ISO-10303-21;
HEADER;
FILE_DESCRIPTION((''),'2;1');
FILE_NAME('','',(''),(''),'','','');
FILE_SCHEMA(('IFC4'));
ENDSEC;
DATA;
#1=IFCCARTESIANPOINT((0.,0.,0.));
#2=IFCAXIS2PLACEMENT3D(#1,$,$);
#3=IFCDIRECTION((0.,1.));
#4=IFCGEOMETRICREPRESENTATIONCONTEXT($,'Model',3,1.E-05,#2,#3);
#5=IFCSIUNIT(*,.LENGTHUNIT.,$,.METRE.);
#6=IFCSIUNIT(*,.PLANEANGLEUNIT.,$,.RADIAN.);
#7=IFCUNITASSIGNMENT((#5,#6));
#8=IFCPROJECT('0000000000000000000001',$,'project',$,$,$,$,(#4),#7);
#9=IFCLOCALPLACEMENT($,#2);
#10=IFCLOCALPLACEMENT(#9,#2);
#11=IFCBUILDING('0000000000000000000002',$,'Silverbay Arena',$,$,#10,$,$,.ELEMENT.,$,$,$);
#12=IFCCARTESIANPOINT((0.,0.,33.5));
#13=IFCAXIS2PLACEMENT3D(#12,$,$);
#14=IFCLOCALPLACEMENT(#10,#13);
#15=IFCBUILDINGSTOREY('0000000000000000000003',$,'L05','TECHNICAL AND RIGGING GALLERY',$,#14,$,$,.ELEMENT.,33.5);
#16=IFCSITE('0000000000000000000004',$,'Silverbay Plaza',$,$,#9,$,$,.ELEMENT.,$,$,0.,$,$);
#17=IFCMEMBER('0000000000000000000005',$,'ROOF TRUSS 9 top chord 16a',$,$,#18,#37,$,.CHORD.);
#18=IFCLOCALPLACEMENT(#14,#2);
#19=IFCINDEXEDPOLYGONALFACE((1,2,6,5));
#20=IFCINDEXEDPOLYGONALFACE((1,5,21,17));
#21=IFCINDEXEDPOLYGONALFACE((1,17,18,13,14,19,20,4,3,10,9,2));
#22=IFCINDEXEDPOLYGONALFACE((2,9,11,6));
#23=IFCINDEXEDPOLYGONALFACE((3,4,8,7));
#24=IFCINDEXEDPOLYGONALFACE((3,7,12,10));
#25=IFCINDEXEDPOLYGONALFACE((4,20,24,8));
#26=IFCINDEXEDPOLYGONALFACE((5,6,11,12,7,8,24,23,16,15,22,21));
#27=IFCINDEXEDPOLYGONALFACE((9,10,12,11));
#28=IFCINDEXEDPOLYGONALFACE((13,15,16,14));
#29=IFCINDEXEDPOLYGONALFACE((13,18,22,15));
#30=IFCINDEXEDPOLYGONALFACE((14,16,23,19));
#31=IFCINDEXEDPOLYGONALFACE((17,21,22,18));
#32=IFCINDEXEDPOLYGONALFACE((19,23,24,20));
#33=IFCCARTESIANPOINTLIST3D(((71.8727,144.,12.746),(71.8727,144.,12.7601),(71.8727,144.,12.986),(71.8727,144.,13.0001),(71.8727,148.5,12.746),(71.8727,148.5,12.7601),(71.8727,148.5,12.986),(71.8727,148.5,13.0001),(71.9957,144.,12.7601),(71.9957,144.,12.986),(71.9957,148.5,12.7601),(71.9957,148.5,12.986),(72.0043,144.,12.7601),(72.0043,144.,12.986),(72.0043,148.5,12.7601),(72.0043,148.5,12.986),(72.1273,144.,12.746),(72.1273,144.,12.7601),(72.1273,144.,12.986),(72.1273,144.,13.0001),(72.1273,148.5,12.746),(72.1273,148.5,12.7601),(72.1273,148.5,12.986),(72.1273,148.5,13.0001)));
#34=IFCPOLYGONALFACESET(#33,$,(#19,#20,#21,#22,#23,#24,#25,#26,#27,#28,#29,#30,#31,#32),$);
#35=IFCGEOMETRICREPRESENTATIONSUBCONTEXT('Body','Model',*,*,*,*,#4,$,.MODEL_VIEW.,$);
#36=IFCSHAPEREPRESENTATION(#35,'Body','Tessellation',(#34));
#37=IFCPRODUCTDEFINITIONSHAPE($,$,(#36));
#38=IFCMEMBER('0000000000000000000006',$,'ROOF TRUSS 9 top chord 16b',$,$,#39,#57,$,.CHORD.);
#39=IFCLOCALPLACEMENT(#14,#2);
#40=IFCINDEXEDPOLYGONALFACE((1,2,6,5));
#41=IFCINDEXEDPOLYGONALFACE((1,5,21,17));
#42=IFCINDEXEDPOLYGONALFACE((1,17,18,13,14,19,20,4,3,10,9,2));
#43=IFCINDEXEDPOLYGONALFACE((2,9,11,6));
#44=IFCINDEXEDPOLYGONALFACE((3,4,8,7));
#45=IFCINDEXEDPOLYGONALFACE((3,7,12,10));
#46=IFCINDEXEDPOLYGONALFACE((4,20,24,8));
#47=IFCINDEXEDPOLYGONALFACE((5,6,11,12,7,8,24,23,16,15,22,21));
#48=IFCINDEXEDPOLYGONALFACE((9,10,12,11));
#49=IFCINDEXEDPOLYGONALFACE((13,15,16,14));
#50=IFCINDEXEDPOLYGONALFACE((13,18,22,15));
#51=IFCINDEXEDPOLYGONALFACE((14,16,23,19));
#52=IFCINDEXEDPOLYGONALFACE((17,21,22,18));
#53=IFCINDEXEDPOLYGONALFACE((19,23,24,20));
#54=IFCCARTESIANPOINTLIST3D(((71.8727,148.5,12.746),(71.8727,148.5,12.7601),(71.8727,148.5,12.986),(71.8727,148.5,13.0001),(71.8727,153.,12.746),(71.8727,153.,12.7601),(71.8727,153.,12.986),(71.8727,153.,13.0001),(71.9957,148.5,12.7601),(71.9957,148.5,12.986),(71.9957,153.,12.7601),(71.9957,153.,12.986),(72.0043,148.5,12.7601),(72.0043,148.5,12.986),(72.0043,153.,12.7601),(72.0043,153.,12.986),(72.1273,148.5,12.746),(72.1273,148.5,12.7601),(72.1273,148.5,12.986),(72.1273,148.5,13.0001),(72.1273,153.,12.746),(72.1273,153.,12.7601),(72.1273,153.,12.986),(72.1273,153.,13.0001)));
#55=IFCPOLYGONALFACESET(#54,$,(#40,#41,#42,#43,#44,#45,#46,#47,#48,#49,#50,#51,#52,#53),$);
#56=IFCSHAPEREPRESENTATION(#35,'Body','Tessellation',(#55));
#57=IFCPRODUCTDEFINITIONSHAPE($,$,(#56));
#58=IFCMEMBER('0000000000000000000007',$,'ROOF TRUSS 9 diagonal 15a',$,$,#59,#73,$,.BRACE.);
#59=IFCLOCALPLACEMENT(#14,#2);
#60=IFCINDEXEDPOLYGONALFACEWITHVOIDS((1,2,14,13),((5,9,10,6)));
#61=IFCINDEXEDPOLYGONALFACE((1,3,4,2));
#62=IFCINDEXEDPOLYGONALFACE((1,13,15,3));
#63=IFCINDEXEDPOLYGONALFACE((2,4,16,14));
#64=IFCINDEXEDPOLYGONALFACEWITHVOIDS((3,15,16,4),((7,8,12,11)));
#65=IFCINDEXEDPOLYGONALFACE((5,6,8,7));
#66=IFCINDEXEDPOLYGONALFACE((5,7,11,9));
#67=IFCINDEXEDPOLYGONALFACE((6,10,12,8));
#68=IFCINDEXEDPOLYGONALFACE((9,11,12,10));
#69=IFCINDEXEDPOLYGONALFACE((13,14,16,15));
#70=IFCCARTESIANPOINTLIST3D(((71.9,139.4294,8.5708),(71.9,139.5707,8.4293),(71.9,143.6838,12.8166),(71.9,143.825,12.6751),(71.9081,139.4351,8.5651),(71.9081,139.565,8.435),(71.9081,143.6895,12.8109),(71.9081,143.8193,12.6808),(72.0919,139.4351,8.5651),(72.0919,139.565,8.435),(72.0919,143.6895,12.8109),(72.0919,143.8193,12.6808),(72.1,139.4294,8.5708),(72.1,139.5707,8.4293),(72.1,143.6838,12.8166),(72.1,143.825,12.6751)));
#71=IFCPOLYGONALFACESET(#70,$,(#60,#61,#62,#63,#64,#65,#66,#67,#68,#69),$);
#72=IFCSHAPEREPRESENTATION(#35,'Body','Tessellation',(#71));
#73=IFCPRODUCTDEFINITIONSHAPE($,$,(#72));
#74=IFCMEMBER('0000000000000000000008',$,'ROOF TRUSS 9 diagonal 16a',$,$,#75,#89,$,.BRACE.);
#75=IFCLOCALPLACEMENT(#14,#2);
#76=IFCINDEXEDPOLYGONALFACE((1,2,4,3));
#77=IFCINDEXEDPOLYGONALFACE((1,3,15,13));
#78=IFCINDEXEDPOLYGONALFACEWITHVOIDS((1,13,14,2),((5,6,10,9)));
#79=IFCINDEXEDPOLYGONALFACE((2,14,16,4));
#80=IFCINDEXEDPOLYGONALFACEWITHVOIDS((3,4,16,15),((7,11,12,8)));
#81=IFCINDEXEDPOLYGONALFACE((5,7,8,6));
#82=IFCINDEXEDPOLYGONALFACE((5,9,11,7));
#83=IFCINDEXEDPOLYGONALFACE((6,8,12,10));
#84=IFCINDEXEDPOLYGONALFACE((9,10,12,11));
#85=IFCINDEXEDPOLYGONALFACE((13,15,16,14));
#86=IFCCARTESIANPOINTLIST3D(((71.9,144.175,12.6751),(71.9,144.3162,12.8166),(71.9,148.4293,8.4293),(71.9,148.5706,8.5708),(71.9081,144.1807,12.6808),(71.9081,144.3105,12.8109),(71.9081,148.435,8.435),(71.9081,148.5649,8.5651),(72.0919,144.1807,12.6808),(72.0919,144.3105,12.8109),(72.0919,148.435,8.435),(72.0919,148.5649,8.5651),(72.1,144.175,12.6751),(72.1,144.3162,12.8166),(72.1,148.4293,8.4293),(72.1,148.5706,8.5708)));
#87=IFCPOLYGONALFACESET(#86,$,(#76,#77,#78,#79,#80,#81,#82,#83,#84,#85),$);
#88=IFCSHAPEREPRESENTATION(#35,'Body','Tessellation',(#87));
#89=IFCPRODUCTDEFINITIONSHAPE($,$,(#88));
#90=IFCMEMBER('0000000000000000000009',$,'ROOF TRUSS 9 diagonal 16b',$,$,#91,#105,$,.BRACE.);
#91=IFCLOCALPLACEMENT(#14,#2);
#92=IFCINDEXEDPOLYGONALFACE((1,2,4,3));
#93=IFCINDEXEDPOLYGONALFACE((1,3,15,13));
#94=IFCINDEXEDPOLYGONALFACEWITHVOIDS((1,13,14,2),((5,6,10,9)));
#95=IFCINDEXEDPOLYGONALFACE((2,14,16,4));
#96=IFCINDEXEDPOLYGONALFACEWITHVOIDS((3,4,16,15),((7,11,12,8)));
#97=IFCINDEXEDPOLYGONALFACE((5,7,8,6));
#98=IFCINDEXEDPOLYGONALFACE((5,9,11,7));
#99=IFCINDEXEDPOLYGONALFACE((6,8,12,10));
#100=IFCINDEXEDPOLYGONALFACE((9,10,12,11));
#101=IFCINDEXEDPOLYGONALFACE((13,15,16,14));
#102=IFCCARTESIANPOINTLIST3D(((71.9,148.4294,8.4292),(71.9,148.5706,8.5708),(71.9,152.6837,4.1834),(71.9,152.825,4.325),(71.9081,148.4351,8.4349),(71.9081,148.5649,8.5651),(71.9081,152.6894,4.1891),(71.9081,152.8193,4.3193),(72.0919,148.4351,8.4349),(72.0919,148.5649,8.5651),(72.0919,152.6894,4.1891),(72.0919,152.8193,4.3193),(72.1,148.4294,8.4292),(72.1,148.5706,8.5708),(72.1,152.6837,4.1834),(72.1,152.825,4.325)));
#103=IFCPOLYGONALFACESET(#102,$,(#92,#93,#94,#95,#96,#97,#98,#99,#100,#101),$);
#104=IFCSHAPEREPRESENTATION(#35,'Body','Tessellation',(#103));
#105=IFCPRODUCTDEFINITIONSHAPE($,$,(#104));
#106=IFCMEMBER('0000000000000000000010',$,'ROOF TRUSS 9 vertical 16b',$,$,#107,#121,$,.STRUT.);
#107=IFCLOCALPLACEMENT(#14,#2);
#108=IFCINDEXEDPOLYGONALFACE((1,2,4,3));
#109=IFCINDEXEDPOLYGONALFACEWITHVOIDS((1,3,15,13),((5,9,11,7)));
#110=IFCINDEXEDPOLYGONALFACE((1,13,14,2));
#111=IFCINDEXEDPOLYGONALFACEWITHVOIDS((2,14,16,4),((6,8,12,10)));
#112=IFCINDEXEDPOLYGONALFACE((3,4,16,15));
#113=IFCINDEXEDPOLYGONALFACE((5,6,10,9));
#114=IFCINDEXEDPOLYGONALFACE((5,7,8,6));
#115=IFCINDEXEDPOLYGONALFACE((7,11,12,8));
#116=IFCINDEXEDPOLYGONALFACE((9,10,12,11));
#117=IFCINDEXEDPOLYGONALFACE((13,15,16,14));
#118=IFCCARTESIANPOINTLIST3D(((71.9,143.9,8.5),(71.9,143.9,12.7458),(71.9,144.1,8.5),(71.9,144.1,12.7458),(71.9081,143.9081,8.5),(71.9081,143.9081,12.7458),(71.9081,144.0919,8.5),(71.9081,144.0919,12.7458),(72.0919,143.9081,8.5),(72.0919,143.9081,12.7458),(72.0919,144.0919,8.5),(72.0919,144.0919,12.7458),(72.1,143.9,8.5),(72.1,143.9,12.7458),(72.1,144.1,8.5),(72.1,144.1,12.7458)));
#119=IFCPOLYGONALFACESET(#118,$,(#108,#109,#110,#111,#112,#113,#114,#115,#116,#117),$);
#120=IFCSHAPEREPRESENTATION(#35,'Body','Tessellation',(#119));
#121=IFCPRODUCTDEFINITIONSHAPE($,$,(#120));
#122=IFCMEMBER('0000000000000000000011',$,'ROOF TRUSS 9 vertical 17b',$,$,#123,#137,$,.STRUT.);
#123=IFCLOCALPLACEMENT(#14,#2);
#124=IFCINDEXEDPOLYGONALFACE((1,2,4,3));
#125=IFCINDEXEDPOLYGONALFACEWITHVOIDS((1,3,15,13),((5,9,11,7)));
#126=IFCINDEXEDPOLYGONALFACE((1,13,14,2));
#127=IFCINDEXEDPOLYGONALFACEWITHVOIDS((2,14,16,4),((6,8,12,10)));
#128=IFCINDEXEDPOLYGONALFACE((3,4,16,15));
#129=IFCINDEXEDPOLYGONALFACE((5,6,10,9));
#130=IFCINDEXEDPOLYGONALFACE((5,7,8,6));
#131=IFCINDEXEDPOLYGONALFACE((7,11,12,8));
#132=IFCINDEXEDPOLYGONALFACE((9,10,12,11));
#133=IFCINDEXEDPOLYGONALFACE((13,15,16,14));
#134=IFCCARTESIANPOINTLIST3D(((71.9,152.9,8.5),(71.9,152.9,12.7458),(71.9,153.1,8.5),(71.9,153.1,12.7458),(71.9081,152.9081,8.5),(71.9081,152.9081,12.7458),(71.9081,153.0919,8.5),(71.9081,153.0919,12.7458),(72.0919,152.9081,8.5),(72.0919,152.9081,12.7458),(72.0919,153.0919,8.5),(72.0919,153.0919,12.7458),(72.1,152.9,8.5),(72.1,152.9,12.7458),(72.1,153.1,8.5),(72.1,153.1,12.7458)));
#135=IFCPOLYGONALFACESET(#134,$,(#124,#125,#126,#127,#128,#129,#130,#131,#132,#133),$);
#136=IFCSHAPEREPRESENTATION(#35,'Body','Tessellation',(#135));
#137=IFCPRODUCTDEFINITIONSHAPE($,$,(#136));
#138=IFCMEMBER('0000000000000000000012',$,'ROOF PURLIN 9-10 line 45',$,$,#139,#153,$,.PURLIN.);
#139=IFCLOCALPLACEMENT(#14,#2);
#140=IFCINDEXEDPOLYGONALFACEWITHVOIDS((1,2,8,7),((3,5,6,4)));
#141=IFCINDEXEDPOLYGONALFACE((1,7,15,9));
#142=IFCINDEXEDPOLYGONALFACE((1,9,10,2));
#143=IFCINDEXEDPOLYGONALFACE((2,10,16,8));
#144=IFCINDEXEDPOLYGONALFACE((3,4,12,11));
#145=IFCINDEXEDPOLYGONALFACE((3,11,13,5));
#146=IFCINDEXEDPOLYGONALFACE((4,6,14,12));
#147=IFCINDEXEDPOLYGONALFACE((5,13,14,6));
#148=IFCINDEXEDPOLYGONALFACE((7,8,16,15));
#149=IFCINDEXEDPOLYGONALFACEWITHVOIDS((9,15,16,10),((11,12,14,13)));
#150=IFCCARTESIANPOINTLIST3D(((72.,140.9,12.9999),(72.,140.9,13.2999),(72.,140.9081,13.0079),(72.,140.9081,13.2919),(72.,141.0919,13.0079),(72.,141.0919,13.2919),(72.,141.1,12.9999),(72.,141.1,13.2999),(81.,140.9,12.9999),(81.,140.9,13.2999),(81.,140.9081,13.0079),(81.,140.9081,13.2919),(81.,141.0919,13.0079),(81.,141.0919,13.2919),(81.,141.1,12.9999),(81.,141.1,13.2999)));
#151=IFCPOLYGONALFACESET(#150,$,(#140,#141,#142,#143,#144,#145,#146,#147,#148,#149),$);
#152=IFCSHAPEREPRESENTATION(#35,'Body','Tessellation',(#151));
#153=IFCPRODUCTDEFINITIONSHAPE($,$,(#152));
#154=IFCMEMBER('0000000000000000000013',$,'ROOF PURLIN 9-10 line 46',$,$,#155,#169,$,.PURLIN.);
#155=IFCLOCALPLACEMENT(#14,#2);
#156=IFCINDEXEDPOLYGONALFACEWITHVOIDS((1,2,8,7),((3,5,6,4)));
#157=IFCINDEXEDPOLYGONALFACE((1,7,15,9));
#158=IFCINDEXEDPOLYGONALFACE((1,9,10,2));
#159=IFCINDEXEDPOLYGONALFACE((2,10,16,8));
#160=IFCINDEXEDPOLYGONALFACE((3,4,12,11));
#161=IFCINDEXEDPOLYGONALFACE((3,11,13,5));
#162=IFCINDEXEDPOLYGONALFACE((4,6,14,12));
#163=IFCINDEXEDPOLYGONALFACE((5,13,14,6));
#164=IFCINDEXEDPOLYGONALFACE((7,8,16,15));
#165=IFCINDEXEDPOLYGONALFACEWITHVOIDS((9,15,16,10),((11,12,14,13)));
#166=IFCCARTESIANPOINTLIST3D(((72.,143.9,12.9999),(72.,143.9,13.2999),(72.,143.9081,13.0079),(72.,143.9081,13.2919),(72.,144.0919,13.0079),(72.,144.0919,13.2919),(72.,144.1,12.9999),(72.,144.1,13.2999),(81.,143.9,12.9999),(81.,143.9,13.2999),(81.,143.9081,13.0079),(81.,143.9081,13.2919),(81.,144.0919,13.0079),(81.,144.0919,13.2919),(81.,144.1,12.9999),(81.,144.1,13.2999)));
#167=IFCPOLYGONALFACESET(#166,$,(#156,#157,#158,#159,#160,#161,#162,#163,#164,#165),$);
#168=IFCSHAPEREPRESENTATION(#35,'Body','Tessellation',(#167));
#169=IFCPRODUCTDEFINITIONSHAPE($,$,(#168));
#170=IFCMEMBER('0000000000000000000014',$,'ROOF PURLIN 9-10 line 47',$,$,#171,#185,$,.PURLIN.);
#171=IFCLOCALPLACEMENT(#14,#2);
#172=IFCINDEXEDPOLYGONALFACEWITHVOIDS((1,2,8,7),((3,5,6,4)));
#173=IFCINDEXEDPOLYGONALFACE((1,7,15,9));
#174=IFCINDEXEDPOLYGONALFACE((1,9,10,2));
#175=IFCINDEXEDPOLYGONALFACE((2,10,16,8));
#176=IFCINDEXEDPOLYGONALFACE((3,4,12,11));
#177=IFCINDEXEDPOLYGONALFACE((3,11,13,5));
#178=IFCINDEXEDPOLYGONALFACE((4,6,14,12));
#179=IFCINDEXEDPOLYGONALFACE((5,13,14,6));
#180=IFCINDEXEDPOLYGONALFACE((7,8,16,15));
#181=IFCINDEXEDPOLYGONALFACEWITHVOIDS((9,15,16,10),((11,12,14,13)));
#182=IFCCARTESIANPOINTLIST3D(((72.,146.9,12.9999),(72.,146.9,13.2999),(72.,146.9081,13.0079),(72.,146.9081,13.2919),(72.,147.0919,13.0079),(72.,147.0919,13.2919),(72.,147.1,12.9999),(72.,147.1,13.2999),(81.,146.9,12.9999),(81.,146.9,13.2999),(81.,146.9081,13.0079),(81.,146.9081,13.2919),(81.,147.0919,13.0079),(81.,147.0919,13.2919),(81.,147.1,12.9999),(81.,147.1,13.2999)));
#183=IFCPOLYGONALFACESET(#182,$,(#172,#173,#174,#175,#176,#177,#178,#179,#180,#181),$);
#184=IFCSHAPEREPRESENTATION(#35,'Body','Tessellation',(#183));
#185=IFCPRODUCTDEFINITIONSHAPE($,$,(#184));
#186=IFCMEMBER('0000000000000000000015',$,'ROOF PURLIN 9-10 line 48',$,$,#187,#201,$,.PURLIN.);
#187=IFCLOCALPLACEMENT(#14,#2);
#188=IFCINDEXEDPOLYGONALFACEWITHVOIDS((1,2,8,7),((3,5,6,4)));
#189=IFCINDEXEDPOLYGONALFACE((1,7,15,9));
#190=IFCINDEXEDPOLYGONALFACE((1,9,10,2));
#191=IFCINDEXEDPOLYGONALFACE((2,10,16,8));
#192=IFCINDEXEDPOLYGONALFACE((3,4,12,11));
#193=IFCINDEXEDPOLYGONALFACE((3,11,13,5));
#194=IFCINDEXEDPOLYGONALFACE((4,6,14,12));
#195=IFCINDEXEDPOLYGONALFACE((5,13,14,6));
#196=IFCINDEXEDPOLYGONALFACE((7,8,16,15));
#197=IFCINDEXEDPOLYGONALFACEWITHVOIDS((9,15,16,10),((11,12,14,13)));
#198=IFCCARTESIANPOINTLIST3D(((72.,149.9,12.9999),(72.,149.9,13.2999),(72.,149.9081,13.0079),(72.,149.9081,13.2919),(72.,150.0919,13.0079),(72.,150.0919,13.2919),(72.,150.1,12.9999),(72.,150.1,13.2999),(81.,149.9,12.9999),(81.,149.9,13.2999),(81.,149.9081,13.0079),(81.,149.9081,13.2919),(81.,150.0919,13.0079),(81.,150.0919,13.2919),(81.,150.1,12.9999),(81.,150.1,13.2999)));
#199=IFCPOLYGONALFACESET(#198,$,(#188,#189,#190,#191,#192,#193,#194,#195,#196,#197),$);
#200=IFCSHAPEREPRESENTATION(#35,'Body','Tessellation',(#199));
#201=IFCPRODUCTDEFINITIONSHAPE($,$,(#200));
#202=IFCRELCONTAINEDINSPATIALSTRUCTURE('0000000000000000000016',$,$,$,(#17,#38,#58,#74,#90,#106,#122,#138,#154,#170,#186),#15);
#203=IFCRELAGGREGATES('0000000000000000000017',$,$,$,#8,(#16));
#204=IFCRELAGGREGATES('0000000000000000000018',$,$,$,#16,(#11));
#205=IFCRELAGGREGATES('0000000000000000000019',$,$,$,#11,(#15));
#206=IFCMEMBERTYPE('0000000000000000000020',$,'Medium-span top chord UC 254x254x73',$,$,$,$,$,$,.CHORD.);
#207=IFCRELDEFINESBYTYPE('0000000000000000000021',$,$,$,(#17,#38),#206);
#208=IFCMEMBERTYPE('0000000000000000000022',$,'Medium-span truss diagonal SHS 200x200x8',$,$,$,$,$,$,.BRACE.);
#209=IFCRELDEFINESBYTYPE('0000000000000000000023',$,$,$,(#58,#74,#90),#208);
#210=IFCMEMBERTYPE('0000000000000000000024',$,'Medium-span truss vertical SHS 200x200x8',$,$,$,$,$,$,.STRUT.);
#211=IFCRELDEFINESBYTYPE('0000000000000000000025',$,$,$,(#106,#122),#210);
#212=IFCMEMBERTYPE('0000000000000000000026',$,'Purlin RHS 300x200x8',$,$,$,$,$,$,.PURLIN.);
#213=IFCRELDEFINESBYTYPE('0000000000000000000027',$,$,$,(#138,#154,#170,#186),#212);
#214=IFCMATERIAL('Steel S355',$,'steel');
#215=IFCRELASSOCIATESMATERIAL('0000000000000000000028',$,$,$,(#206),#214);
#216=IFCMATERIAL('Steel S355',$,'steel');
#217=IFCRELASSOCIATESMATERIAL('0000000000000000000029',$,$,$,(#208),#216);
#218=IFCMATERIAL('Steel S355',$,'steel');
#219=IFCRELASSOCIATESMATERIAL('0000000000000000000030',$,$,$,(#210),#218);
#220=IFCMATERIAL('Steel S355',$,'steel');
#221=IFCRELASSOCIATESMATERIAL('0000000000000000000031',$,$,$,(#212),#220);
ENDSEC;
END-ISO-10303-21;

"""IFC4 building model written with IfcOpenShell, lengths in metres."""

from ifc_helpers import new_model, si_unit, direction, frame, origin, origin_2d, place, context, subcontext, project, spatial, hollow_rectangle, i_section, extrude, material, material_profile, profile_set, type_object, element, save


model = new_model("IFC4")

# Units and contexts
model_context = context("Model", 3, precision=1e-05, world=origin(), true_north=direction((0.0, 1.0)))
body_context = subcontext(model_context, "Body", "Model", "MODEL_VIEW")
ifc_project = project(units=[si_unit("LENGTHUNIT", "METRE"), si_unit("PLANEANGLEUNIT", "RADIAN")], contexts=[model_context])

# Site, building, storey
site_placement = place(None, origin())
site = spatial("IfcSite", under=ifc_project, at=site_placement, Name="Silverbay Plaza", CompositionType="ELEMENT", RefElevation=0.0)
building_placement = place(site_placement, origin())
building = spatial("IfcBuilding", under=site, at=building_placement, Name="Silverbay Arena", CompositionType="ELEMENT")
storey_placement = place(building_placement, frame((0.0, 0.0, 33.5)))
storey = spatial("IfcBuildingStorey", under=building, at=storey_placement, Name="L05", Description="TECHNICAL AND RIGGING GALLERY", CompositionType="ELEMENT", Elevation=33.5)

# Members
ifc_material_1 = material(Name="Steel S355", Category="steel")
ifc_material_profile_1 = material_profile(ifc_material_1, i_section(OverallWidth=0.2546, OverallDepth=0.2542, WebThickness=0.0085, FlangeThickness=0.0142, at=origin_2d()), Name="UC 254x254x73")
ifc_profile_set_1 = profile_set([ifc_material_profile_1], Name="Steel S355")
member_type_1 = type_object("IfcMemberType", Name="Medium-span top chord UC 254x254x73", PredefinedType="CHORD", material=ifc_profile_set_1)
for number, where, z_axis, x_axis, name in (
    (1, (72.0, 144.0, 12.873), (0.0, 1.0, 0.0), (-1.0, 0.0, 0.0), "ROOF TRUSS 9 top chord 16a"),
    (2, (72.0, 148.5, 12.873), (0.0, 1.0, 0.0), (-1.0, 0.0, 0.0), "ROOF TRUSS 9 top chord 16b"),
):
    element("IfcMember", number, at=place(storey_placement, frame(where, z_axis=z_axis, x_axis=x_axis)), inside=storey, type_object=member_type_1, Name=name, PredefinedType="CHORD", context=body_context, shape_type="SweptSolid", body=[
        extrude(i_section(OverallWidth=0.2546, OverallDepth=0.2542, WebThickness=0.0085, FlangeThickness=0.0142, at=origin_2d()), origin(), (0.0, 0.0, 1.0), 4.5),
    ])
ifc_material_2 = material(Name="Steel S355", Category="steel")
ifc_material_profile_2 = material_profile(ifc_material_2, hollow_rectangle(XDim=0.2, YDim=0.2, WallThickness=0.0081, at=origin_2d()), Name="SHS 200x200x8")
ifc_profile_set_2 = profile_set([ifc_material_profile_2], Name="Steel S355")
member_type_2 = type_object("IfcMemberType", Name="Medium-span truss diagonal SHS 200x200x8", PredefinedType="BRACE", material=ifc_profile_set_2)
for number, where, z_axis, x_axis, name in (
    (3, (72.0, 143.7544, 12.7458), (0.0, -0.707817, -0.706396), (1.0, 0.0, 0.0), "ROOF TRUSS 9 diagonal 15a"),
    (4, (72.0, 144.2456, 12.7458), (0.0, 0.707817, -0.706396), (-1.0, 0.0, 0.0), "ROOF TRUSS 9 diagonal 16a"),
    (5, (72.0, 148.5, 8.5), (0.0, 0.707817, -0.706396), (-1.0, 0.0, 0.0), "ROOF TRUSS 9 diagonal 16b"),
):
    element("IfcMember", number, at=place(storey_placement, frame(where, z_axis=z_axis, x_axis=x_axis)), inside=storey, type_object=member_type_2, Name=name, PredefinedType="BRACE", context=body_context, shape_type="SweptSolid", body=[
        extrude(hollow_rectangle(XDim=0.2, YDim=0.2, WallThickness=0.0081, at=origin_2d()), origin(), (0.0, 0.0, 1.0), 6.0105),
    ])
ifc_material_3 = material(Name="Steel S355", Category="steel")
ifc_material_profile_3 = material_profile(ifc_material_3, hollow_rectangle(XDim=0.2, YDim=0.2, WallThickness=0.0081, at=origin_2d()), Name="SHS 200x200x8")
ifc_profile_set_3 = profile_set([ifc_material_profile_3], Name="Steel S355")
member_type_3 = type_object("IfcMemberType", Name="Medium-span truss vertical SHS 200x200x8", PredefinedType="STRUT", material=ifc_profile_set_3)
for number, where, z_axis, x_axis, name in (
    (6, (72.0, 144.0, 8.5), (0.0, 0.0, 1.0), (1.0, 0.0, 0.0), "ROOF TRUSS 9 vertical 16b"),
    (7, (72.0, 153.0, 8.5), (0.0, 0.0, 1.0), (1.0, 0.0, 0.0), "ROOF TRUSS 9 vertical 17b"),
):
    element("IfcMember", number, at=place(storey_placement, frame(where, z_axis=z_axis, x_axis=x_axis)), inside=storey, type_object=member_type_3, Name=name, PredefinedType="STRUT", context=body_context, shape_type="SweptSolid", body=[
        extrude(hollow_rectangle(XDim=0.2, YDim=0.2, WallThickness=0.0081, at=origin_2d()), origin(), (0.0, 0.0, 1.0), 4.2458),
    ])
ifc_material_4 = material(Name="Steel S355", Category="steel")
ifc_material_profile_4 = material_profile(ifc_material_4, hollow_rectangle(XDim=0.2, YDim=0.3, WallThickness=0.0081, at=origin_2d()), Name="RHS 300x200x8")
ifc_profile_set_4 = profile_set([ifc_material_profile_4], Name="Steel S355")
member_type_4 = type_object("IfcMemberType", Name="Purlin RHS 300x200x8", PredefinedType="PURLIN", material=ifc_profile_set_4)
for number, where, z_axis, x_axis, name in (
    (8, (72.0, 141.0, 13.1499), (1.0, 0.0, 0.0), (0.0, 1.0, 0.0), "ROOF PURLIN 9-10 line 45"),
    (9, (72.0, 144.0, 13.1499), (1.0, 0.0, 0.0), (0.0, 1.0, 0.0), "ROOF PURLIN 9-10 line 46"),
    (10, (72.0, 147.0, 13.1499), (1.0, 0.0, 0.0), (0.0, 1.0, 0.0), "ROOF PURLIN 9-10 line 47"),
    (11, (72.0, 150.0, 13.1499), (1.0, 0.0, 0.0), (0.0, 1.0, 0.0), "ROOF PURLIN 9-10 line 48"),
):
    element("IfcMember", number, at=place(storey_placement, frame(where, z_axis=z_axis, x_axis=x_axis)), inside=storey, type_object=member_type_4, Name=name, PredefinedType="PURLIN", context=body_context, shape_type="SweptSolid", body=[
        extrude(hollow_rectangle(XDim=0.2, YDim=0.3, WallThickness=0.0081, at=origin_2d()), origin(), (0.0, 0.0, 1.0), 9.0),
    ])

save(model, "model.ifc")
